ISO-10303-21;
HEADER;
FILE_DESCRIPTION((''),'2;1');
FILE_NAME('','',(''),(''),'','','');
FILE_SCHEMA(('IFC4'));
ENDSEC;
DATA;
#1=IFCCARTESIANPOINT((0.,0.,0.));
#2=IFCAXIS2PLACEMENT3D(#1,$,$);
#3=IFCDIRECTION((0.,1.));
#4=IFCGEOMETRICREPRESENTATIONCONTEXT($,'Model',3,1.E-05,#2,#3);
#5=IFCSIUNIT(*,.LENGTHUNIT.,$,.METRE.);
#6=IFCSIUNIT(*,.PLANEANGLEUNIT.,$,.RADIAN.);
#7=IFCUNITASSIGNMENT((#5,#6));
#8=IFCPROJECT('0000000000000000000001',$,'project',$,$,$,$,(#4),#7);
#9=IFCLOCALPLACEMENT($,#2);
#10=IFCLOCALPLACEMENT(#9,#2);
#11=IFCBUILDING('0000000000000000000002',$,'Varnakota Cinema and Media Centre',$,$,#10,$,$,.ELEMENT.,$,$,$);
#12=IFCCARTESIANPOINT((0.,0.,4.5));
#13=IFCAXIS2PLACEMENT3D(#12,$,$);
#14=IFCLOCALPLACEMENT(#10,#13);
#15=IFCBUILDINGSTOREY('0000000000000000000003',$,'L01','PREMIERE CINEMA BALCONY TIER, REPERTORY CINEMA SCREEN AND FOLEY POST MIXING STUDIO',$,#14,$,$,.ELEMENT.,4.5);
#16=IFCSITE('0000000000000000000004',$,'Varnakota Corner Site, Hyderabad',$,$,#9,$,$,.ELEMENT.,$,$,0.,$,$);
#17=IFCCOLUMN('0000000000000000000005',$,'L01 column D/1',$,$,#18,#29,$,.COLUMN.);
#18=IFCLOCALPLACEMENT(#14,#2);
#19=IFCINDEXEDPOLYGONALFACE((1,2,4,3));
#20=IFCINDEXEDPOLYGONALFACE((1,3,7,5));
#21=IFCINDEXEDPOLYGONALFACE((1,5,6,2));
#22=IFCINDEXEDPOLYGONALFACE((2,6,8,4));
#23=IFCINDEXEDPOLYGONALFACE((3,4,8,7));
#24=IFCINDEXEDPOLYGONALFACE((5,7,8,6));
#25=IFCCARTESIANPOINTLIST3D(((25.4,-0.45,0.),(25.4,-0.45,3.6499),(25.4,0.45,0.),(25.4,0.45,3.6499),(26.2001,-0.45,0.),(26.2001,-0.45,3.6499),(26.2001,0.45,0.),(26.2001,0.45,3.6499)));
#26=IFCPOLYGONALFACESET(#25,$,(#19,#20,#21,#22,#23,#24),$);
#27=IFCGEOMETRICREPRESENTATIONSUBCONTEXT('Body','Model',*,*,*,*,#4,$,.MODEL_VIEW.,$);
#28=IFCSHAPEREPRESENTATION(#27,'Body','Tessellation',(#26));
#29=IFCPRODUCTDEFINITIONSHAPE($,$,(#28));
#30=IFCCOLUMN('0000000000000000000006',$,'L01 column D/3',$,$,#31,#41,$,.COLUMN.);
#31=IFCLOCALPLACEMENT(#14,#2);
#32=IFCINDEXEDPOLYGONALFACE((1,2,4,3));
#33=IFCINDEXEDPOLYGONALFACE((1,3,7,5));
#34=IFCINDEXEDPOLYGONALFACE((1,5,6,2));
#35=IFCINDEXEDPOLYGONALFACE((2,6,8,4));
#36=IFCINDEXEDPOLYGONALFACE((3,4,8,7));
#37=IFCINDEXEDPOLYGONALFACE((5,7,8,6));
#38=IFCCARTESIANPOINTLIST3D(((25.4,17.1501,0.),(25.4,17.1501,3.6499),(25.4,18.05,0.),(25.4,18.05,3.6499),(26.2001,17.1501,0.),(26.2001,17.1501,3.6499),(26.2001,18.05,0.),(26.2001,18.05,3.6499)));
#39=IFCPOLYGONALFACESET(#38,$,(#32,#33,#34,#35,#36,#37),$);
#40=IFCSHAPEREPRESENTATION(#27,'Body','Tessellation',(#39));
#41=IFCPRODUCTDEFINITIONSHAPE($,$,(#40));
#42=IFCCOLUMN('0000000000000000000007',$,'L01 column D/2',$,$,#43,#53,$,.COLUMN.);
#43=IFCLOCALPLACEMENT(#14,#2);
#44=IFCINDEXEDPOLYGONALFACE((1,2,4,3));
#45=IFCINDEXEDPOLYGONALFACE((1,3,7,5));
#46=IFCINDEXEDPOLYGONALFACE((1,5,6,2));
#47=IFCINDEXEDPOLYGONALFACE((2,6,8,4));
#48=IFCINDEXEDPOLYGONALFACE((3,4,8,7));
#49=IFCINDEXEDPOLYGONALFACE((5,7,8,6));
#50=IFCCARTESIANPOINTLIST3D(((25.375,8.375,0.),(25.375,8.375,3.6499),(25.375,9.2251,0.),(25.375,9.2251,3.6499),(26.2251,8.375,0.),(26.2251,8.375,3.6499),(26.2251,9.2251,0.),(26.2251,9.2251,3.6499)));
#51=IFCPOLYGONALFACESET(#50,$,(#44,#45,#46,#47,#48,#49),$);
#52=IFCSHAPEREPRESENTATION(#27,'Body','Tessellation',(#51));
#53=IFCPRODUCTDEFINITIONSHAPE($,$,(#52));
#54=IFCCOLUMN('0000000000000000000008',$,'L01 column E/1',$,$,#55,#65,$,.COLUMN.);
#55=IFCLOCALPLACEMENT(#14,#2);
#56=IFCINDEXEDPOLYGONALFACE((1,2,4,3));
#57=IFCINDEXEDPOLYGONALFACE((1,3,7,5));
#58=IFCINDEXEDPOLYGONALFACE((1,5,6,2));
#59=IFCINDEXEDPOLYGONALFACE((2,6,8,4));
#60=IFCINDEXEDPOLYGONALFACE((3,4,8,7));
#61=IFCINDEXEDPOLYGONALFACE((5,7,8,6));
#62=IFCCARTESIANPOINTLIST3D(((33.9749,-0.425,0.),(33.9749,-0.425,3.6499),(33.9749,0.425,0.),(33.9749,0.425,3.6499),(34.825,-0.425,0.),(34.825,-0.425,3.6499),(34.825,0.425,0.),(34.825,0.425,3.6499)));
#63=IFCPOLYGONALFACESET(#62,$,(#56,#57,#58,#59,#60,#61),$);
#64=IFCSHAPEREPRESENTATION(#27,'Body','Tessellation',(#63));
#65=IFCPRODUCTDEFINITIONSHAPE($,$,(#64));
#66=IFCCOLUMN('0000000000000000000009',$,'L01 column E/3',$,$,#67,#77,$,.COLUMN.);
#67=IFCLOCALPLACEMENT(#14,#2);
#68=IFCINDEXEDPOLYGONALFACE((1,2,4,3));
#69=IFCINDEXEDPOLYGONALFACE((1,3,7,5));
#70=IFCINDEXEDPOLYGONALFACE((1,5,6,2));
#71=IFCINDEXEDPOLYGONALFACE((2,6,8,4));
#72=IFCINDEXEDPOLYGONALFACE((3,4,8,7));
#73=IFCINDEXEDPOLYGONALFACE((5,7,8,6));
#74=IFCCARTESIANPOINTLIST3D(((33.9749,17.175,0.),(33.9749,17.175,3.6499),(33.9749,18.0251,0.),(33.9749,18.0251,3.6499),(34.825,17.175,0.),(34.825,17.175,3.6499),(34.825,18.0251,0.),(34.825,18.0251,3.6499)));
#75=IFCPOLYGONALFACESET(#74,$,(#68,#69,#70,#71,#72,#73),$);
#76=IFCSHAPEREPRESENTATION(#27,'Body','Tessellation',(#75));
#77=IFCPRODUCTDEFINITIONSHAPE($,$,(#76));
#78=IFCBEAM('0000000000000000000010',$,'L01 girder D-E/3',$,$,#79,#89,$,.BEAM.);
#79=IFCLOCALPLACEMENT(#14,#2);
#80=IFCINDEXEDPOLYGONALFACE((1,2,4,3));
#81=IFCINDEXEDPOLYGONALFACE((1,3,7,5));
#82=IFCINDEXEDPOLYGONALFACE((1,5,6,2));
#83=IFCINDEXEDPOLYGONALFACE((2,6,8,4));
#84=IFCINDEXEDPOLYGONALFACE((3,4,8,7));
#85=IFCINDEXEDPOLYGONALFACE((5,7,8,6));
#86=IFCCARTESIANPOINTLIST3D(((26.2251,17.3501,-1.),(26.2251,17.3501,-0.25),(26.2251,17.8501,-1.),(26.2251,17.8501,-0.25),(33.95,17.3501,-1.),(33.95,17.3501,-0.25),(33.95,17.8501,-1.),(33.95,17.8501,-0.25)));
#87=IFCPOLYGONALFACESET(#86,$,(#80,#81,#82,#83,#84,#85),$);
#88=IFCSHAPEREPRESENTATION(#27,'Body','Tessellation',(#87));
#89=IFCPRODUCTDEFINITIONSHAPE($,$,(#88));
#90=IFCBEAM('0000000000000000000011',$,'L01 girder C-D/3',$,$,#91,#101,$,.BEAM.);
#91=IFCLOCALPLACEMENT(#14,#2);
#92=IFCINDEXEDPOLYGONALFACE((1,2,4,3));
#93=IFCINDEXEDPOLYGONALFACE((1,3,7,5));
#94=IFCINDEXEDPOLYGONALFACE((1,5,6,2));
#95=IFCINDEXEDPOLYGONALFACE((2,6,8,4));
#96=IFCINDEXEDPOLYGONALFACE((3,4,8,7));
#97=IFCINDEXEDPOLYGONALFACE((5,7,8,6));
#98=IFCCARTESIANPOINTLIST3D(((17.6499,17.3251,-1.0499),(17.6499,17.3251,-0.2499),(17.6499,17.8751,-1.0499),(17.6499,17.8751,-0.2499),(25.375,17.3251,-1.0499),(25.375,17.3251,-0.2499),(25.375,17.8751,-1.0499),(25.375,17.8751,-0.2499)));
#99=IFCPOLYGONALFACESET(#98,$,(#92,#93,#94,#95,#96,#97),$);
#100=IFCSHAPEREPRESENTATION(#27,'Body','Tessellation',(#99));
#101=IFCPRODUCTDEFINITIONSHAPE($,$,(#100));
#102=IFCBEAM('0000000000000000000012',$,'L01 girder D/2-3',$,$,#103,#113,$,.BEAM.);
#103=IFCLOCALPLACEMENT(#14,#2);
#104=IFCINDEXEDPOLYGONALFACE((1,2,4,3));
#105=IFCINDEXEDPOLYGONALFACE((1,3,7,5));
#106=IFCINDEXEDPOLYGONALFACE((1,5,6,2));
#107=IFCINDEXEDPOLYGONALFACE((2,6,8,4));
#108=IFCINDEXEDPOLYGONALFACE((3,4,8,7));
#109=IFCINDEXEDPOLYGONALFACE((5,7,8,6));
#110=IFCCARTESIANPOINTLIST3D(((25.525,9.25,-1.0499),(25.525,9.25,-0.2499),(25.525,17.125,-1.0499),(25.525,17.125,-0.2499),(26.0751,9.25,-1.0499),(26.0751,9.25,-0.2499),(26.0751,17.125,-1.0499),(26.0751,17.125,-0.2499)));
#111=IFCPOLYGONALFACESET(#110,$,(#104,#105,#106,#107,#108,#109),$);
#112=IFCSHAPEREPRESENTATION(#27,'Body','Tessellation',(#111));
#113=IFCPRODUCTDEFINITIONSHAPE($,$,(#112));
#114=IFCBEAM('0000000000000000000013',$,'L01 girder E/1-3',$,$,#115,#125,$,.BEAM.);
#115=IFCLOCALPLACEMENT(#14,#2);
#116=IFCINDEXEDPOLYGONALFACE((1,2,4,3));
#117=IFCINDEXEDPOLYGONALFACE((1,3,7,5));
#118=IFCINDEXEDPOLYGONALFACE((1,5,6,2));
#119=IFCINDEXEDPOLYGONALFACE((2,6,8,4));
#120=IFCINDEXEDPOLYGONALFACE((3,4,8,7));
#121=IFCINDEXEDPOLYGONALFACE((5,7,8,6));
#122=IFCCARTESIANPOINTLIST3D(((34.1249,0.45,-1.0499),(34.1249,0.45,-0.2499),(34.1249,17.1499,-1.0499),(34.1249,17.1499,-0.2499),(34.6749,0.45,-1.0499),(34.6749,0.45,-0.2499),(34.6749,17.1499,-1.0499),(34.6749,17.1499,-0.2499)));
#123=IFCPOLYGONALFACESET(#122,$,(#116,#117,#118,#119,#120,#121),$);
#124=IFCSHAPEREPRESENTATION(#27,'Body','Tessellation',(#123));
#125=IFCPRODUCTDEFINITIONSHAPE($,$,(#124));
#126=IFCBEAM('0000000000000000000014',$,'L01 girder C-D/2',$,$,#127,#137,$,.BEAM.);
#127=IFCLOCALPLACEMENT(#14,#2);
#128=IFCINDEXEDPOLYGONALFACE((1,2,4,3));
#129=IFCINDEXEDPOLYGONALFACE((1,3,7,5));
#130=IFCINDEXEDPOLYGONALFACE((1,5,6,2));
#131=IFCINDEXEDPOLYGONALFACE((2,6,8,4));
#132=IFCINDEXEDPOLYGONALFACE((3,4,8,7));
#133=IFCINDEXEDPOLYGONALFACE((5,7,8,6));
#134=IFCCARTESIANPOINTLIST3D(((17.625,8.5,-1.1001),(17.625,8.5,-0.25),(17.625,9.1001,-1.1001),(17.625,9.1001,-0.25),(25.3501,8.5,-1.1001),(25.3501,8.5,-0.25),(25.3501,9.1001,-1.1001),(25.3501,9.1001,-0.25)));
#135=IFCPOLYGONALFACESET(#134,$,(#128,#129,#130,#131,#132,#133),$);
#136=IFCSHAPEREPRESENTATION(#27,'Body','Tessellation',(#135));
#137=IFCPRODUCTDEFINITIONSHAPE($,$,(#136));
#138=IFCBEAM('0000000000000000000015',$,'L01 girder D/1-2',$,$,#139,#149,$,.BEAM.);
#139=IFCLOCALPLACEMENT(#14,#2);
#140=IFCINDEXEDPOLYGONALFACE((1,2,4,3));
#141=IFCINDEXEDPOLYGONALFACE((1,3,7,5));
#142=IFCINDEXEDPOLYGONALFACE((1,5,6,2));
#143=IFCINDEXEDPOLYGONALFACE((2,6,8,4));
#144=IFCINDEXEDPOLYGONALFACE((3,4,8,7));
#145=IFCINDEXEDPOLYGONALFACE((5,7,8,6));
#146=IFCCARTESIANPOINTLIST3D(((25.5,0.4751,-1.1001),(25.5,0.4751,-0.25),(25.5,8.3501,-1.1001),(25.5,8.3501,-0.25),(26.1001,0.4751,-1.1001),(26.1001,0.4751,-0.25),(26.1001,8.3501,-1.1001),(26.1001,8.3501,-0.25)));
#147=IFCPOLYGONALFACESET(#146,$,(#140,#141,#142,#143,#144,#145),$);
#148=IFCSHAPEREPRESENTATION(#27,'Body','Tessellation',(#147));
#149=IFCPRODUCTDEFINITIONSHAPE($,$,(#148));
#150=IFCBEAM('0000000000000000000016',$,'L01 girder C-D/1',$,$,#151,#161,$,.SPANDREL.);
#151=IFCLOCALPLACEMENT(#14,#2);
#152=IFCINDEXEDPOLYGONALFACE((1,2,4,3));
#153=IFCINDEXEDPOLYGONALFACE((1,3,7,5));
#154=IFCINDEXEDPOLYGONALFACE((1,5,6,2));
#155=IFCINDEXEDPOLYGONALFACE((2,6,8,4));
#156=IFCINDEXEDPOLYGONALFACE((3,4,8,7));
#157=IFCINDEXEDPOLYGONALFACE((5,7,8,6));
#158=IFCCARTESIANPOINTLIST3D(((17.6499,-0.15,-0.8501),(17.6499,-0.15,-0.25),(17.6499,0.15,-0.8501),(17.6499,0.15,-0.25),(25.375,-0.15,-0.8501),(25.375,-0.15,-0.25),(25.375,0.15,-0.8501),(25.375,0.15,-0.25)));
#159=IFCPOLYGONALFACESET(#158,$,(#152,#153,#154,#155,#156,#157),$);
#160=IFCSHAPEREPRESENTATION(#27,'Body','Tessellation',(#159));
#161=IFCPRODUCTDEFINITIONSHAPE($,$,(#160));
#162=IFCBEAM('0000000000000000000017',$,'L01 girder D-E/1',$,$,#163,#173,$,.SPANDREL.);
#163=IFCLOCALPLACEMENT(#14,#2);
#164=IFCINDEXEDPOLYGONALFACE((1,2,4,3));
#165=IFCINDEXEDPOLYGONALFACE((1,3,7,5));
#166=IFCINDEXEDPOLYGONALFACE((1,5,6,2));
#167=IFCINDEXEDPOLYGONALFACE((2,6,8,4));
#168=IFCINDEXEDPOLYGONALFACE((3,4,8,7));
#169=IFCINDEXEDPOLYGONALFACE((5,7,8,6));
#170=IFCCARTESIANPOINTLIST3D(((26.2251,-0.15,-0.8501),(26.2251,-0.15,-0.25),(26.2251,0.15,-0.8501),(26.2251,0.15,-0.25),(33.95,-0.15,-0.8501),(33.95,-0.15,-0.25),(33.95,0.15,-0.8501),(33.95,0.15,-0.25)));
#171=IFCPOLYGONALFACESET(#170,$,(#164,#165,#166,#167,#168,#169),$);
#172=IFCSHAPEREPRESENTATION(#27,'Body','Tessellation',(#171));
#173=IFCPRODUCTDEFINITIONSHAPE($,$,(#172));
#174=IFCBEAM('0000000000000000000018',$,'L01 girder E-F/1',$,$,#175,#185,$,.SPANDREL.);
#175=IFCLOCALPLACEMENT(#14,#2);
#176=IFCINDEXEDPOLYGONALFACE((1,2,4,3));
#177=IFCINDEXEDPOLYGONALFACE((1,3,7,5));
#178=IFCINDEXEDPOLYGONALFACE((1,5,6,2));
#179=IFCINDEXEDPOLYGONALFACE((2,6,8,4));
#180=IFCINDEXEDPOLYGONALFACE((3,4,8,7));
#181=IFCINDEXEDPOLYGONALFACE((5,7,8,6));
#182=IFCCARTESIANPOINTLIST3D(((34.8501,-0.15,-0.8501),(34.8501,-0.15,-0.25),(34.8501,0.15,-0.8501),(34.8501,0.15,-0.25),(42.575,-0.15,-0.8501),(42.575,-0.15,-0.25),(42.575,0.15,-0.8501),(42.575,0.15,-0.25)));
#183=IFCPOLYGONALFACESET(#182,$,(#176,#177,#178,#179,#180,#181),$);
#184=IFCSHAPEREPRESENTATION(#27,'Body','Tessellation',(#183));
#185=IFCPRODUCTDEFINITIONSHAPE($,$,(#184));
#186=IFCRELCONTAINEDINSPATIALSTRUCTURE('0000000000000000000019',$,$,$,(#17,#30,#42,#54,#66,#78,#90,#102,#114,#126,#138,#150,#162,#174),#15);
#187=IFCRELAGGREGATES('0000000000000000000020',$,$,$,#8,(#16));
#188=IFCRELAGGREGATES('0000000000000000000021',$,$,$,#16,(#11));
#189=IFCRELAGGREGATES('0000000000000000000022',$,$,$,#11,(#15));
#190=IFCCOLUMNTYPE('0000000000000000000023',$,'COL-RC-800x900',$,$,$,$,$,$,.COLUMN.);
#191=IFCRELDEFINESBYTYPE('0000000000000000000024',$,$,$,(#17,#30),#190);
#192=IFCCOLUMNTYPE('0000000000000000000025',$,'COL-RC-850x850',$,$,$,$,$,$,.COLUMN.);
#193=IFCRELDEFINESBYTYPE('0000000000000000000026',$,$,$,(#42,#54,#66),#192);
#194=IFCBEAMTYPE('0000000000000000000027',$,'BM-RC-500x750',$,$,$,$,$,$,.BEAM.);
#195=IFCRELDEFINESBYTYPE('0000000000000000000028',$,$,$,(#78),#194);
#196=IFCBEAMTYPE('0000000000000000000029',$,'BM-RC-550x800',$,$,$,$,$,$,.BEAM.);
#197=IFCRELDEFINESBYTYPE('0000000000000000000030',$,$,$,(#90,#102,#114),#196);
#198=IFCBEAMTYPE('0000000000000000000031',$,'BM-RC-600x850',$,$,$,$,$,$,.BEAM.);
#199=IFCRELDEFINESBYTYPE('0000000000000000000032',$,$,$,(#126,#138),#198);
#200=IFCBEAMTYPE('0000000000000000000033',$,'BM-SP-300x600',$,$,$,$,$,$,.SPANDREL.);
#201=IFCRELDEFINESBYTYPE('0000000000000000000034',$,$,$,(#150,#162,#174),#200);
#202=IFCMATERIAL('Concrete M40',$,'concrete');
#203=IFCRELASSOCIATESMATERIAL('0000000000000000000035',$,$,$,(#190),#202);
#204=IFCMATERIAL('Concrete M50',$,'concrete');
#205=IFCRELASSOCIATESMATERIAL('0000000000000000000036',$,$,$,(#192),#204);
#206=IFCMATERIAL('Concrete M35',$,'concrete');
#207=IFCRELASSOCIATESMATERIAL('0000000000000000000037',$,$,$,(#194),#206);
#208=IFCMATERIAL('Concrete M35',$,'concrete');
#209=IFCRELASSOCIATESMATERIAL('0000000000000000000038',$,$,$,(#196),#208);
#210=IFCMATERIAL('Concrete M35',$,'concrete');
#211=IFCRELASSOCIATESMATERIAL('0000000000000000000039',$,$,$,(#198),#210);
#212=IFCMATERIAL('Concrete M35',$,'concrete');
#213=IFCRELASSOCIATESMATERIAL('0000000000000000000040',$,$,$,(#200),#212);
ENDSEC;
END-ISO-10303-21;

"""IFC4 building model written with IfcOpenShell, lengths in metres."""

from ifc_helpers import new_model, si_unit, direction, frame, origin, origin_2d, place, context, subcontext, project, spatial, rectangle, extrude, material, material_profile, profile_set, type_object, element, save


model = new_model("IFC4")

# Units and contexts
model_context = context("Model", 3, precision=1e-05, world=origin(), true_north=direction((0.0, 1.0)))
body_context = subcontext(model_context, "Body", "Model", "MODEL_VIEW")
ifc_project = project(units=[si_unit("LENGTHUNIT", "METRE"), si_unit("PLANEANGLEUNIT", "RADIAN")], contexts=[model_context])

# Site, building, storey
site_placement = place(None, origin())
site = spatial("IfcSite", under=ifc_project, at=site_placement, Name="Varnakota Corner Site, Hyderabad", CompositionType="ELEMENT", RefElevation=0.0)
building_placement = place(site_placement, origin())
building = spatial("IfcBuilding", under=site, at=building_placement, Name="Varnakota Cinema and Media Centre", CompositionType="ELEMENT")
storey_placement = place(building_placement, frame((0.0, 0.0, 4.5)))
storey = spatial("IfcBuildingStorey", under=building, at=storey_placement, Name="L01", Description="PREMIERE CINEMA BALCONY TIER, REPERTORY CINEMA SCREEN AND FOLEY POST MIXING STUDIO", CompositionType="ELEMENT", Elevation=4.5)

# Columns
ifc_material_1 = material(Name="Concrete M40", Category="concrete")
ifc_material_profile_1 = material_profile(ifc_material_1, rectangle(XDim=0.8, YDim=0.8999, at=origin_2d()), Name="RC 800x900")
ifc_profile_set_1 = profile_set([ifc_material_profile_1], Name="Concrete M40")
column_type_1 = type_object("IfcColumnType", Name="COL-RC-800x900", PredefinedType="COLUMN", material=ifc_profile_set_1)
for number, where, z_axis, x_axis, name in (
    (1, (25.8, 0.0, 0.0), (0.0, 0.0, 1.0), (1.0, 0.0, 0.0), "L01 column D/1"),
    (2, (25.8, 17.6001, 0.0), (0.0, 0.0, 1.0), (1.0, 0.0, 0.0), "L01 column D/3"),
):
    element("IfcColumn", number, at=place(storey_placement, frame(where, z_axis=z_axis, x_axis=x_axis)), inside=storey, type_object=column_type_1, Name=name, PredefinedType="COLUMN", context=body_context, shape_type="SweptSolid", body=[
        extrude(rectangle(XDim=0.8, YDim=0.8999, at=origin_2d()), origin(), (0.0, 0.0, 1.0), 3.6499),
    ])
ifc_material_2 = material(Name="Concrete M50", Category="concrete")
ifc_material_profile_2 = material_profile(ifc_material_2, rectangle(XDim=0.8501, YDim=0.8501, at=origin_2d()), Name="RC 850x850")
ifc_profile_set_2 = profile_set([ifc_material_profile_2], Name="Concrete M50")
column_type_2 = type_object("IfcColumnType", Name="COL-RC-850x850", PredefinedType="COLUMN", material=ifc_profile_set_2)
for number, where, z_axis, x_axis, name in (
    (3, (25.8, 8.8, 0.0), (0.0, 0.0, 1.0), (1.0, 0.0, 0.0), "L01 column D/2"),
    (4, (34.3999, 0.0, 0.0), (0.0, 0.0, 1.0), (1.0, 0.0, 0.0), "L01 column E/1"),
    (5, (34.3999, 17.6001, 0.0), (0.0, 0.0, 1.0), (1.0, 0.0, 0.0), "L01 column E/3"),
):
    element("IfcColumn", number, at=place(storey_placement, frame(where, z_axis=z_axis, x_axis=x_axis)), inside=storey, type_object=column_type_2, Name=name, PredefinedType="COLUMN", context=body_context, shape_type="SweptSolid", body=[
        extrude(rectangle(XDim=0.8501, YDim=0.8501, at=origin_2d()), origin(), (0.0, 0.0, 1.0), 3.6499),
    ])

# Beams
ifc_material_3 = material(Name="Concrete M35", Category="concrete")
ifc_material_profile_3 = material_profile(ifc_material_3, rectangle(XDim=0.5, YDim=0.75, at=origin_2d()), Name="RCB 500x750")
ifc_profile_set_3 = profile_set([ifc_material_profile_3], Name="Concrete M35")
beam_type_1 = type_object("IfcBeamType", Name="BM-RC-500x750", PredefinedType="BEAM", material=ifc_profile_set_3)
beam_1_placement = place(storey_placement, frame((26.2251, 17.6001, -0.625), z_axis=(1.0, 0.0, 0.0), x_axis=(0.0, 1.0, 0.0)))
element("IfcBeam", 6, at=beam_1_placement, inside=storey, type_object=beam_type_1, Name="L01 girder D-E/3", PredefinedType="BEAM", context=body_context, shape_type="SweptSolid", body=[
    extrude(rectangle(XDim=0.5, YDim=0.75, at=origin_2d()), origin(), (0.0, 0.0, 1.0), 7.7249),
])
ifc_material_4 = material(Name="Concrete M35", Category="concrete")
ifc_material_profile_4 = material_profile(ifc_material_4, rectangle(XDim=0.55, YDim=0.8, at=origin_2d()), Name="RCB 550x800")
ifc_profile_set_4 = profile_set([ifc_material_profile_4], Name="Concrete M35")
beam_type_2 = type_object("IfcBeamType", Name="BM-RC-550x800", PredefinedType="BEAM", material=ifc_profile_set_4)
beam_2_placement = place(storey_placement, frame((17.6499, 17.6001, -0.6499), z_axis=(1.0, 0.0, 0.0), x_axis=(0.0, 1.0, 0.0)))
element("IfcBeam", 7, at=beam_2_placement, inside=storey, type_object=beam_type_2, Name="L01 girder C-D/3", PredefinedType="BEAM", context=body_context, shape_type="SweptSolid", body=[
    extrude(rectangle(XDim=0.55, YDim=0.8, at=origin_2d()), origin(), (0.0, 0.0, 1.0), 7.7251),
])
beam_3_placement = place(storey_placement, frame((25.8, 9.25, -0.6499), z_axis=(0.0, 1.0, 0.0), x_axis=(-1.0, 0.0, 0.0)))
element("IfcBeam", 8, at=beam_3_placement, inside=storey, type_object=beam_type_2, Name="L01 girder D/2-3", PredefinedType="BEAM", context=body_context, shape_type="SweptSolid", body=[
    extrude(rectangle(XDim=0.55, YDim=0.8, at=origin_2d()), origin(), (0.0, 0.0, 1.0), 7.875),
])
beam_4_placement = place(storey_placement, frame((34.3999, 0.45, -0.6499), z_axis=(0.0, 1.0, 0.0), x_axis=(-1.0, 0.0, 0.0)))
element("IfcBeam", 9, at=beam_4_placement, inside=storey, type_object=beam_type_2, Name="L01 girder E/1-3", PredefinedType="BEAM", context=body_context, shape_type="SweptSolid", body=[
    extrude(rectangle(XDim=0.55, YDim=0.8, at=origin_2d()), origin(), (0.0, 0.0, 1.0), 16.7),
])
ifc_material_5 = material(Name="Concrete M35", Category="concrete")
ifc_material_profile_5 = material_profile(ifc_material_5, rectangle(XDim=0.6001, YDim=0.8501, at=origin_2d()), Name="RCB 600x850")
ifc_profile_set_5 = profile_set([ifc_material_profile_5], Name="Concrete M35")
beam_type_3 = type_object("IfcBeamType", Name="BM-RC-600x850", PredefinedType="BEAM", material=ifc_profile_set_5)
beam_5_placement = place(storey_placement, frame((17.625, 8.8, -0.675), z_axis=(1.0, 0.0, 0.0), x_axis=(0.0, 1.0, 0.0)))
element("IfcBeam", 10, at=beam_5_placement, inside=storey, type_object=beam_type_3, Name="L01 girder C-D/2", PredefinedType="BEAM", context=body_context, shape_type="SweptSolid", body=[
    extrude(rectangle(XDim=0.6001, YDim=0.8501, at=origin_2d()), origin(), (0.0, 0.0, 1.0), 7.7251),
])
beam_6_placement = place(storey_placement, frame((25.8, 0.4751, -0.675), z_axis=(0.0, 1.0, 0.0), x_axis=(-1.0, 0.0, 0.0)))
element("IfcBeam", 11, at=beam_6_placement, inside=storey, type_object=beam_type_3, Name="L01 girder D/1-2", PredefinedType="BEAM", context=body_context, shape_type="SweptSolid", body=[
    extrude(rectangle(XDim=0.6001, YDim=0.8501, at=origin_2d()), origin(), (0.0, 0.0, 1.0), 7.875),
])
ifc_material_6 = material(Name="Concrete M35", Category="concrete")
ifc_material_profile_6 = material_profile(ifc_material_6, rectangle(XDim=0.3, YDim=0.6001, at=origin_2d()), Name="RCB 300x600")
ifc_profile_set_6 = profile_set([ifc_material_profile_6], Name="Concrete M35")
beam_type_4 = type_object("IfcBeamType", Name="BM-SP-300x600", PredefinedType="SPANDREL", material=ifc_profile_set_6)
beam_7_placement = place(storey_placement, frame((17.6499, 0.0, -0.55), z_axis=(1.0, 0.0, 0.0), x_axis=(0.0, 1.0, 0.0)))
element("IfcBeam", 12, at=beam_7_placement, inside=storey, type_object=beam_type_4, Name="L01 girder C-D/1", PredefinedType="SPANDREL", context=body_context, shape_type="SweptSolid", body=[
    extrude(rectangle(XDim=0.3, YDim=0.6001, at=origin_2d()), origin(), (0.0, 0.0, 1.0), 7.7251),
])
for number, where, z_axis, x_axis, name in (
    (13, (26.2251, 0.0, -0.55), (1.0, 0.0, 0.0), (0.0, 1.0, 0.0), "L01 girder D-E/1"),
    (14, (34.8501, 0.0, -0.55), (1.0, 0.0, 0.0), (0.0, 1.0, 0.0), "L01 girder E-F/1"),
):
    element("IfcBeam", number, at=place(storey_placement, frame(where, z_axis=z_axis, x_axis=x_axis)), inside=storey, type_object=beam_type_4, Name=name, PredefinedType="SPANDREL", context=body_context, shape_type="SweptSolid", body=[
        extrude(rectangle(XDim=0.3, YDim=0.6001, at=origin_2d()), origin(), (0.0, 0.0, 1.0), 7.7249),
    ])

save(model, "model.ifc")
